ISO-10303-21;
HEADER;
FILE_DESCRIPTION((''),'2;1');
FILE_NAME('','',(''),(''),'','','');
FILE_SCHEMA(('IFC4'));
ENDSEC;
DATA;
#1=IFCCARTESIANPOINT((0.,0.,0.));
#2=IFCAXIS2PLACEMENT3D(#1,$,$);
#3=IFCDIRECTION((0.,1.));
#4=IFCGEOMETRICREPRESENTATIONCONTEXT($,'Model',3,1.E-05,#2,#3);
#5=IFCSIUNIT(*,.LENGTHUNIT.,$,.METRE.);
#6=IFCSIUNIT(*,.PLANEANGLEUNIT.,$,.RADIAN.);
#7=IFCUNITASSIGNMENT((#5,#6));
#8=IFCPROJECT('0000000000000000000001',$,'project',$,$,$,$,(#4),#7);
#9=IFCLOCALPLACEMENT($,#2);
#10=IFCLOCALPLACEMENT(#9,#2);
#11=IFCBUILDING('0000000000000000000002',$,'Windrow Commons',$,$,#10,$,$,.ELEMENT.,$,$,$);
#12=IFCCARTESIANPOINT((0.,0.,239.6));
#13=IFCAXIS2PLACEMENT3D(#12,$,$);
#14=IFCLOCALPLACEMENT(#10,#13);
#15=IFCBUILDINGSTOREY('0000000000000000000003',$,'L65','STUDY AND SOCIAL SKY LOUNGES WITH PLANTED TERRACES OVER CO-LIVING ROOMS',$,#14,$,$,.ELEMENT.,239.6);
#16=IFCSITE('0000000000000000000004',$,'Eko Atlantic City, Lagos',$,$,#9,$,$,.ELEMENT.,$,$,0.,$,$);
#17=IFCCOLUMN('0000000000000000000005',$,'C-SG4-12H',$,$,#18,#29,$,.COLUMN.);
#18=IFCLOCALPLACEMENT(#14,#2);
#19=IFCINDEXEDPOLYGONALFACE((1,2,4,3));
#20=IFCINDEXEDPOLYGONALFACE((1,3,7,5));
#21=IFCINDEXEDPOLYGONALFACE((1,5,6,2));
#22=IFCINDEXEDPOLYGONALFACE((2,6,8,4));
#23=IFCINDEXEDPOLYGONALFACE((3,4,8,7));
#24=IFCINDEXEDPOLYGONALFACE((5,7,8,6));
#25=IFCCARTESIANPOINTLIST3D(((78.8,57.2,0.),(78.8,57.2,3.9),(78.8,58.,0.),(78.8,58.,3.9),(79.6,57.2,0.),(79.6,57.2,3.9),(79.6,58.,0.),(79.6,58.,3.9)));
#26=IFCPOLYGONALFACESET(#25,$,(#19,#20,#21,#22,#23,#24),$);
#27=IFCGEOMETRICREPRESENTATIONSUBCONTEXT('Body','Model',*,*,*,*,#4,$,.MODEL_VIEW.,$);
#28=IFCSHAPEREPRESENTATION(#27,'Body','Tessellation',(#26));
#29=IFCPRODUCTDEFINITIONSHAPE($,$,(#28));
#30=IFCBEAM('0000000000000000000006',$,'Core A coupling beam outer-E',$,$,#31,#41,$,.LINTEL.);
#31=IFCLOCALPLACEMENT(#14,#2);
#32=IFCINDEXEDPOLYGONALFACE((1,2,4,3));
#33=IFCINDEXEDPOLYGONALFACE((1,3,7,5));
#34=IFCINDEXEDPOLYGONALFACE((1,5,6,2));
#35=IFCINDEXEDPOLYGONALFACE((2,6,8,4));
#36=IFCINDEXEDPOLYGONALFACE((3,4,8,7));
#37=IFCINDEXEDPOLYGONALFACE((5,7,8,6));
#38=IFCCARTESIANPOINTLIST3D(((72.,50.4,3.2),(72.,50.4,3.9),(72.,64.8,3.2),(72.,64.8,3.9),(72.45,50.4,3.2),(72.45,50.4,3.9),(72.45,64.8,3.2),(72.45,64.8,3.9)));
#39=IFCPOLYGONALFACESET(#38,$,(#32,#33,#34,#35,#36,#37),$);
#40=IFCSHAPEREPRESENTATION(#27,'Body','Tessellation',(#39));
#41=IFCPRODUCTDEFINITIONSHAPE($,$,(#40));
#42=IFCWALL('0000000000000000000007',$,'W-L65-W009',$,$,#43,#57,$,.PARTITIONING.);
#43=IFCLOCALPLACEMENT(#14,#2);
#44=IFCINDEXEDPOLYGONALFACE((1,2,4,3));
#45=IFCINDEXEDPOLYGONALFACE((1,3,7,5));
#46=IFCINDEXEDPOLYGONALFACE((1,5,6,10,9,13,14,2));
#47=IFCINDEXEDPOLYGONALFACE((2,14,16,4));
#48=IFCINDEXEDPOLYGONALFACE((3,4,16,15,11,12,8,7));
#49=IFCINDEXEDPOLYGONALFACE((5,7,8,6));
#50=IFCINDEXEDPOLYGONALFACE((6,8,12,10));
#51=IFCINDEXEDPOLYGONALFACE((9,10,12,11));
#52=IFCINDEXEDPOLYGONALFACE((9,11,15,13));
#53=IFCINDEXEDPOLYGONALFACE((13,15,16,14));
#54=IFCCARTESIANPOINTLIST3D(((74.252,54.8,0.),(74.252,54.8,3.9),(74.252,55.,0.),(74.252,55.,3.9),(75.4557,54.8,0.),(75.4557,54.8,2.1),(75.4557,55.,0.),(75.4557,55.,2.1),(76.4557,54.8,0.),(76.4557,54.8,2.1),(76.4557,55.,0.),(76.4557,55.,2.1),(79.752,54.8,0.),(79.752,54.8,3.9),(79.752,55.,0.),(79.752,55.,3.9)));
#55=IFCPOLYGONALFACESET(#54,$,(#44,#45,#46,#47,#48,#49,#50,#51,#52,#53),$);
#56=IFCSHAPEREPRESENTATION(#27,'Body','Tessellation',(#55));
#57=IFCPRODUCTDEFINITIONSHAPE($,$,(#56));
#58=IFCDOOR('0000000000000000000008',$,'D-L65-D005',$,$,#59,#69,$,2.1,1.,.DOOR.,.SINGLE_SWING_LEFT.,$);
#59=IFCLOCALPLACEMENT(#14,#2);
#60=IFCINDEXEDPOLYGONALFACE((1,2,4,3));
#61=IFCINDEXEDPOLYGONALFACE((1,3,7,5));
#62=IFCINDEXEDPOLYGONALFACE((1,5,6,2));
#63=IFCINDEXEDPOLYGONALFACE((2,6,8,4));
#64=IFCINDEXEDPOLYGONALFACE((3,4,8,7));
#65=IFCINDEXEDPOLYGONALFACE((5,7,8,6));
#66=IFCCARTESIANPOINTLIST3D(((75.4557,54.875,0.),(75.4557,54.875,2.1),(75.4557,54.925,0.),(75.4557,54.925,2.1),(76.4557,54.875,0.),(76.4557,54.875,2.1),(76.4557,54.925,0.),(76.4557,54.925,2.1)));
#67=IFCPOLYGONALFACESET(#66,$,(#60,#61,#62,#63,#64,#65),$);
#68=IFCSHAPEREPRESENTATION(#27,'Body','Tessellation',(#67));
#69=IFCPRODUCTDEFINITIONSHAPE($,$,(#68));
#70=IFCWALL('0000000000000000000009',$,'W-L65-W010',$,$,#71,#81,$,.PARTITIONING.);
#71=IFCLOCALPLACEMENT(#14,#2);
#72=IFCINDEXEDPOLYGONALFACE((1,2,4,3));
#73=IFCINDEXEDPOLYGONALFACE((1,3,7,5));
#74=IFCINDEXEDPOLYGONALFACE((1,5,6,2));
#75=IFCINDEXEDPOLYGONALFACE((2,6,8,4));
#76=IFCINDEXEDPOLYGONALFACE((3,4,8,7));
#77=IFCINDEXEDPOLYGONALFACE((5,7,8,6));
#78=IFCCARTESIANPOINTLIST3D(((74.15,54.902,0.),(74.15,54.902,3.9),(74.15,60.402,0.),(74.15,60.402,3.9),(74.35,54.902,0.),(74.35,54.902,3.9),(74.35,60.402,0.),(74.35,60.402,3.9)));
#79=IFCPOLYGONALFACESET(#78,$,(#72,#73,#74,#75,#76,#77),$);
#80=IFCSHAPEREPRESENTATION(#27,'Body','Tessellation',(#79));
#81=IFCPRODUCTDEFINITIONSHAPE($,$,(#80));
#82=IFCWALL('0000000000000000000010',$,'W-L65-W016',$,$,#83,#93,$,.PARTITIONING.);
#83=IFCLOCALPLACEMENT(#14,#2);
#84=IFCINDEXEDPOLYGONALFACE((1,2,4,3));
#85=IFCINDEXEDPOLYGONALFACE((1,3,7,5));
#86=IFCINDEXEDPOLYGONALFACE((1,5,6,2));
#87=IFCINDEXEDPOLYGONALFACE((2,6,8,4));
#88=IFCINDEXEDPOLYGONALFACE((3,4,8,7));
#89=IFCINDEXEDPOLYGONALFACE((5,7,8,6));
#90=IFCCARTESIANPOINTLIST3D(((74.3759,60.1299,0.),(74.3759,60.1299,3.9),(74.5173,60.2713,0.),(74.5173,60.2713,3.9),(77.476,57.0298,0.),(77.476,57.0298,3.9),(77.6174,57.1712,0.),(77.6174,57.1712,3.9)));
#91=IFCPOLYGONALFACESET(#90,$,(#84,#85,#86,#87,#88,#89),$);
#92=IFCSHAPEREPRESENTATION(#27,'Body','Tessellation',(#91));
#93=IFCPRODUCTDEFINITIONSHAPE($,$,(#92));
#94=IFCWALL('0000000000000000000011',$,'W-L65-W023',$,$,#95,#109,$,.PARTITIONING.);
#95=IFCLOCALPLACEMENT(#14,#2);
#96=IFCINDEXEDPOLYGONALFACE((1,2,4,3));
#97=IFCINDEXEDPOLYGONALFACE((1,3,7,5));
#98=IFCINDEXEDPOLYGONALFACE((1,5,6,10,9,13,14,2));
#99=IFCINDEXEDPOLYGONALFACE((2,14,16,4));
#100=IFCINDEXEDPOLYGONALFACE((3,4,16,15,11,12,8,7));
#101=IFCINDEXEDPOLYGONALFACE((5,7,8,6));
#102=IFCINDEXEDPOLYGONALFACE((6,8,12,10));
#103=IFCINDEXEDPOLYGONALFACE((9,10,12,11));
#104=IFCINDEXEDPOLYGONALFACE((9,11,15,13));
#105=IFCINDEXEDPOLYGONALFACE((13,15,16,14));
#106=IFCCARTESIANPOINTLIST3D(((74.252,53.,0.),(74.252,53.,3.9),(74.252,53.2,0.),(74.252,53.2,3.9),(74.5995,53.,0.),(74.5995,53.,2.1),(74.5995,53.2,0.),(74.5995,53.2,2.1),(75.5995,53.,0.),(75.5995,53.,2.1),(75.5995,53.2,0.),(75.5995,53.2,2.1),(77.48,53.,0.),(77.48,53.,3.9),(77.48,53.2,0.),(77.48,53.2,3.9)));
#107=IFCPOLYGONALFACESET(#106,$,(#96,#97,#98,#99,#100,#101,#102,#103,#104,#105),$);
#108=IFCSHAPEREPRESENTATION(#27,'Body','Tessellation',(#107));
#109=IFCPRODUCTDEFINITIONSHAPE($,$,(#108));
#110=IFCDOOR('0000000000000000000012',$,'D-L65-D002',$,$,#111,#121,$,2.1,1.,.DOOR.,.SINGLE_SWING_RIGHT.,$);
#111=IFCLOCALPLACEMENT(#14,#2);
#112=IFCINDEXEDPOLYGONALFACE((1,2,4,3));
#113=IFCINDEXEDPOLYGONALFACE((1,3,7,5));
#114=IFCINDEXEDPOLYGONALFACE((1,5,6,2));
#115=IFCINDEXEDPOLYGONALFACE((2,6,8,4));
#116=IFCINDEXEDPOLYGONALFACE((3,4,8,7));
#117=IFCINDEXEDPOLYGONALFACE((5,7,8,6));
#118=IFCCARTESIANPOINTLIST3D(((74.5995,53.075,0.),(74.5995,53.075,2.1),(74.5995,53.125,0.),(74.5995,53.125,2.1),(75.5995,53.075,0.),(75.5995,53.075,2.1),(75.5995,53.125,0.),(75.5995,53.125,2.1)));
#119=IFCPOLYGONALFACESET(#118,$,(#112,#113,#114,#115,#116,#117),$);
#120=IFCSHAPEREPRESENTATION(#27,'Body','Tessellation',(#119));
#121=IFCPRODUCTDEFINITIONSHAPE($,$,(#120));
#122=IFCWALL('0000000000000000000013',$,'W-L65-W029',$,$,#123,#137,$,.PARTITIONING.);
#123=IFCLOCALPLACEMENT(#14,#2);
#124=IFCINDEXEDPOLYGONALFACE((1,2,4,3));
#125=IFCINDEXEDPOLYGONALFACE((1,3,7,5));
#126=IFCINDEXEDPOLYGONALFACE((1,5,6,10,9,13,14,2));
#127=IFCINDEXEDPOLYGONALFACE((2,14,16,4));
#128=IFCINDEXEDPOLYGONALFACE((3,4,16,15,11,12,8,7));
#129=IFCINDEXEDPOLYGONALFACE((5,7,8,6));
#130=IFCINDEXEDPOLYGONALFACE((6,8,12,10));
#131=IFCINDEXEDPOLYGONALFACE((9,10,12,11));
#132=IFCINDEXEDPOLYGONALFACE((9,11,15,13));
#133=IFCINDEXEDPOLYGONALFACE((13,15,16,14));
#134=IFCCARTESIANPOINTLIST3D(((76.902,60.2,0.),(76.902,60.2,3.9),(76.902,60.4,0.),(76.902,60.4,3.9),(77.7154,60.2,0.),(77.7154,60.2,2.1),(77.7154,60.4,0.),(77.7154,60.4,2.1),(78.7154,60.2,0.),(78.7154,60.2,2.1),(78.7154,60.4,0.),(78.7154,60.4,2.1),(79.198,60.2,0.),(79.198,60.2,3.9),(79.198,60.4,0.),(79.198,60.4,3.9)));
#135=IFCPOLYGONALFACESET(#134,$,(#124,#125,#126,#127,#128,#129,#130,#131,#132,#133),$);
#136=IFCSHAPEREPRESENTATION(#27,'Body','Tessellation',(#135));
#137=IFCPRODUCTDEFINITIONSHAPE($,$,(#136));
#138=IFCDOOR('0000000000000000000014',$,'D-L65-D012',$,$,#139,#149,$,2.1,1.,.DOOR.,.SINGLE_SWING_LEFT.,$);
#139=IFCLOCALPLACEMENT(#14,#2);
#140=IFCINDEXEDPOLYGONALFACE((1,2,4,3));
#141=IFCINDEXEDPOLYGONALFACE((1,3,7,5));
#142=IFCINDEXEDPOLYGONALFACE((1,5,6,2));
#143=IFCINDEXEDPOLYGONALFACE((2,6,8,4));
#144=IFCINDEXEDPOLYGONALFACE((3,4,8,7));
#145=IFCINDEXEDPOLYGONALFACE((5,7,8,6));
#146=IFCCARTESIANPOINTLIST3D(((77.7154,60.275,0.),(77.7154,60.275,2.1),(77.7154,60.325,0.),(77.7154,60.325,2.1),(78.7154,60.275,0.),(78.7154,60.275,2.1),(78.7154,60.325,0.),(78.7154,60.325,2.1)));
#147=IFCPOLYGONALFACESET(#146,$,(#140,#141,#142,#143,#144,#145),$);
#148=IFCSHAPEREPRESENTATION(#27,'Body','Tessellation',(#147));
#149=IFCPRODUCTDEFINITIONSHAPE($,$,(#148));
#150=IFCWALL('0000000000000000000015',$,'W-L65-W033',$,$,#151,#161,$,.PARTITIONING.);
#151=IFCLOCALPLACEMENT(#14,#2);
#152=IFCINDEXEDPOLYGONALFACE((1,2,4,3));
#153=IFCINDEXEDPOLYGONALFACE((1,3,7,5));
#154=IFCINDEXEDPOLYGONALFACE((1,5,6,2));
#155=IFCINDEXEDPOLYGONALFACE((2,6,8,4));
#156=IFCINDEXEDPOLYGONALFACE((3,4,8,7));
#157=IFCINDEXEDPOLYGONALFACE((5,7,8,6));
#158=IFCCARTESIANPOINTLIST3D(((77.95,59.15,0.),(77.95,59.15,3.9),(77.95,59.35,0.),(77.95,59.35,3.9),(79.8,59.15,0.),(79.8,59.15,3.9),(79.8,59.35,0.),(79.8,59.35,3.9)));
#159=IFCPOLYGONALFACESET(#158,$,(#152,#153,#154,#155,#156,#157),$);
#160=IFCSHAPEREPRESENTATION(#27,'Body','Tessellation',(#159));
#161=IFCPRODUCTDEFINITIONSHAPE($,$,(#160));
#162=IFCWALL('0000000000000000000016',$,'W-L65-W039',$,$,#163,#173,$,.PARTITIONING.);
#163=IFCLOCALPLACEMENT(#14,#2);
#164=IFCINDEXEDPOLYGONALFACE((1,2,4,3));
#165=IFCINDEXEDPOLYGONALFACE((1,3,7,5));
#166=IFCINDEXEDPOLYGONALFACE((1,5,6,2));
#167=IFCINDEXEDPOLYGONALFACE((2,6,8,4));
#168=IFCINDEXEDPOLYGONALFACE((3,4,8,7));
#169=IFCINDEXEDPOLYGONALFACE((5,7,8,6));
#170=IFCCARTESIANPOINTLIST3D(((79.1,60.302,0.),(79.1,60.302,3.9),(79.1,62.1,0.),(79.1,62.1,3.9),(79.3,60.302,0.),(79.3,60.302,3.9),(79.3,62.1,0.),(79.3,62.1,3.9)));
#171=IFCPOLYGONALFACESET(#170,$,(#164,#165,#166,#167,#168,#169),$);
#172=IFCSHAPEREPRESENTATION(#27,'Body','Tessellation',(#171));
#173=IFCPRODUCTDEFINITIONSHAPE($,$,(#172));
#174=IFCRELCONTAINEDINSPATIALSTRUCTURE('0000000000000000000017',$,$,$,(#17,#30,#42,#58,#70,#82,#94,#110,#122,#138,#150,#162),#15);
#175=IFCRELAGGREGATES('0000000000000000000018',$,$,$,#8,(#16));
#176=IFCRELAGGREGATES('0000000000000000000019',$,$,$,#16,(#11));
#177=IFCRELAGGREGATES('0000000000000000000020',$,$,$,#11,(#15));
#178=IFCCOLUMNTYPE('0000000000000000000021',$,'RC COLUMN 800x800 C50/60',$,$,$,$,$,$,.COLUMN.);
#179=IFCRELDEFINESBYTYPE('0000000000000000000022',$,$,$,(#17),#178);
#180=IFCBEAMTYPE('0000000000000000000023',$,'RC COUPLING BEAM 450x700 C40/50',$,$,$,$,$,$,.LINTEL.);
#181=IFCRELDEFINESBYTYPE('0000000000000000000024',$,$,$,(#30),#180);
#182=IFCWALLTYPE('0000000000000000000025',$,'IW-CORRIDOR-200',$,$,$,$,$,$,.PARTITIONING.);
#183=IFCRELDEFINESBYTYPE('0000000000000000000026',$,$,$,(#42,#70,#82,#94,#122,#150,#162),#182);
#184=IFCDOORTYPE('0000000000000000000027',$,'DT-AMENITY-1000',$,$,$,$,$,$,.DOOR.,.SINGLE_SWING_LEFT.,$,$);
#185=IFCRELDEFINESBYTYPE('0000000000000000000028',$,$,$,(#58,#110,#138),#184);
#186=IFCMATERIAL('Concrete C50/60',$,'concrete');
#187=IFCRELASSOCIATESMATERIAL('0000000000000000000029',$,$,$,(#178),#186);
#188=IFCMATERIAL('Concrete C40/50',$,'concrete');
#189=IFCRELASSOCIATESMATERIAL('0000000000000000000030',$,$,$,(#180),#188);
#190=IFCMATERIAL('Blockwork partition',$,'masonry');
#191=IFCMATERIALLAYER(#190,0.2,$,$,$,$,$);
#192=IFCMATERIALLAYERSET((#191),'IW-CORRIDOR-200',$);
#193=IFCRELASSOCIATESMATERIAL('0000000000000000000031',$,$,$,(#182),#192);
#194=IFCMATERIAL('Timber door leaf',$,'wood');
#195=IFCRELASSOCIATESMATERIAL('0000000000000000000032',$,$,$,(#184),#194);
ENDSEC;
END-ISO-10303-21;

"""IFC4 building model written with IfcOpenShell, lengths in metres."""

from ifc_helpers import new_model, si_unit, direction, frame, frame_2d, origin, origin_2d, place, context, subcontext, project, spatial, rectangle, extrude, material, layer, layer_set, material_profile, profile_set, type_object, element, fill, save


model = new_model("IFC4")

# Units and contexts
model_context = context("Model", 3, precision=1e-05, world=origin(), true_north=direction((0.0, 1.0)))
body_context = subcontext(model_context, "Body", "Model", "MODEL_VIEW")
ifc_project = project(units=[si_unit("LENGTHUNIT", "METRE"), si_unit("PLANEANGLEUNIT", "RADIAN")], contexts=[model_context])

# Site, building, storey
site_placement = place(None, origin())
site = spatial("IfcSite", under=ifc_project, at=site_placement, Name="Eko Atlantic City, Lagos", CompositionType="ELEMENT", RefElevation=0.0)
building_placement = place(site_placement, origin())
building = spatial("IfcBuilding", under=site, at=building_placement, Name="Windrow Commons", CompositionType="ELEMENT")
storey_placement = place(building_placement, frame((0.0, 0.0, 239.6)))
storey = spatial("IfcBuildingStorey", under=building, at=storey_placement, Name="L65", Description="STUDY AND SOCIAL SKY LOUNGES WITH PLANTED TERRACES OVER CO-LIVING ROOMS", CompositionType="ELEMENT", Elevation=239.6)

# Column
ifc_material_1 = material(Name="Concrete C50/60", Category="concrete")
ifc_material_profile_1 = material_profile(ifc_material_1, rectangle(XDim=0.8, YDim=0.8, at=origin_2d()))
ifc_profile_set_1 = profile_set([ifc_material_profile_1], Name="Concrete C50/60")
column_type = type_object("IfcColumnType", Name="RC COLUMN 800x800 C50/60", PredefinedType="COLUMN", material=ifc_profile_set_1)
column_placement = place(storey_placement, frame((79.2, 57.6, 0.0), z_axis=(0.0, 0.0, 1.0), x_axis=(1.0, 0.0, 0.0)))
element("IfcColumn", 1, at=column_placement, inside=storey, type_object=column_type, Name="C-SG4-12H", PredefinedType="COLUMN", context=body_context, shape_type="SweptSolid", body=[
    extrude(rectangle(XDim=0.8, YDim=0.8, at=origin_2d()), origin(), (0.0, 0.0, 1.0), 3.9),
])

# Beam
ifc_material_2 = material(Name="Concrete C40/50", Category="concrete")
ifc_material_profile_2 = material_profile(ifc_material_2, rectangle(XDim=0.45, YDim=0.7, at=origin_2d()))
ifc_profile_set_2 = profile_set([ifc_material_profile_2], Name="Concrete C40/50")
beam_type = type_object("IfcBeamType", Name="RC COUPLING BEAM 450x700 C40/50", PredefinedType="LINTEL", material=ifc_profile_set_2)
beam_placement = place(storey_placement, frame((72.225, 50.4, 3.55), z_axis=(0.0, 1.0, 0.0), x_axis=(-1.0, 0.0, 0.0)))
element("IfcBeam", 2, at=beam_placement, inside=storey, type_object=beam_type, Name="Core A coupling beam outer-E", PredefinedType="LINTEL", context=body_context, shape_type="SweptSolid", body=[
    extrude(rectangle(XDim=0.45, YDim=0.7, at=origin_2d()), origin(), (0.0, 0.0, 1.0), 14.4),
])

# Wall, opening, door
ifc_material_3 = material(Name="Blockwork partition", Category="masonry")
ifc_layer_1 = layer(ifc_material_3, 0.2)
ifc_layer_set_1 = layer_set([ifc_layer_1], Name="IW-CORRIDOR-200")
wall_type_1 = type_object("IfcWallType", Name="IW-CORRIDOR-200", PredefinedType="PARTITIONING", material=ifc_layer_set_1)
wall_1_placement = place(storey_placement, frame((74.252, 54.9, 0.0), z_axis=(0.0, 0.0, 1.0), x_axis=(1.0, 0.0, 0.0)))
wall_1 = element("IfcWall", 3, at=wall_1_placement, inside=storey, type_object=wall_type_1, Name="W-L65-W009", PredefinedType="PARTITIONING", context=body_context, shape_type="SweptSolid", body=[
    extrude(rectangle(XDim=5.5, YDim=0.2, at=frame_2d((2.75, 0.0))), origin(), (0.0, 0.0, 1.0), 3.9),
])
opening_1_placement = place(wall_1_placement, frame((1.2037, 0.0, 0.0)))
opening_1 = element("IfcOpeningElement", 4, at=opening_1_placement, cuts=wall_1, PredefinedType="OPENING", context=body_context, shape_type="SweptSolid", body=[
    extrude(rectangle(XDim=1.0, YDim=2.1, at=frame_2d((0.5, 1.05))), frame((0.0, 0.11, 0.0), z_axis=(0.0, -1.0, 0.0), x_axis=(1.0, 0.0, 0.0)), (0.0, 0.0, 1.0), 0.22),
])
ifc_material_4 = material(Name="Timber door leaf", Category="wood")
door_type_1 = type_object("IfcDoorType", Name="DT-AMENITY-1000", OperationType="SINGLE_SWING_LEFT", PredefinedType="DOOR", material=ifc_material_4)
door_1_placement = place(opening_1_placement, origin())
door_1 = element("IfcDoor", 5, at=door_1_placement, inside=storey, type_object=door_type_1, Name="D-L65-D005", OperationType="SINGLE_SWING_LEFT", OverallHeight=2.1, OverallWidth=1.0, PredefinedType="DOOR", context=body_context, shape_type="SweptSolid", body=[
    extrude(rectangle(XDim=1.0, YDim=2.1, at=frame_2d((0.5, 1.05))), frame((0.0, 0.025, 0.0), z_axis=(0.0, -1.0, 0.0), x_axis=(1.0, 0.0, 0.0)), (0.0, 0.0, 1.0), 0.05),
])
fill(opening_1, door_1)

# Walls
wall_2_placement = place(storey_placement, frame((74.25, 54.902, 0.0), z_axis=(0.0, 0.0, 1.0), x_axis=(0.0, 1.0, 0.0)))
element("IfcWall", 6, at=wall_2_placement, inside=storey, type_object=wall_type_1, Name="W-L65-W010", PredefinedType="PARTITIONING", context=body_context, shape_type="SweptSolid", body=[
    extrude(rectangle(XDim=5.5, YDim=0.2, at=frame_2d((2.75, 0.0))), origin(), (0.0, 0.0, 1.0), 3.9),
])
wall_3_placement = place(storey_placement, frame((74.4466, 60.2006, 0.0), z_axis=(0.0, 0.0, 1.0), x_axis=(0.707107, -0.707107, 0.0)))
element("IfcWall", 7, at=wall_3_placement, inside=storey, type_object=wall_type_1, Name="W-L65-W016", PredefinedType="PARTITIONING", context=body_context, shape_type="SweptSolid", body=[
    extrude(rectangle(XDim=4.3841, YDim=0.2, at=frame_2d((2.1921, 0.0))), origin(), (0.0, 0.0, 1.0), 3.9),
])

# Walls, openings, doors
wall_4_placement = place(storey_placement, frame((74.252, 53.1, 0.0), z_axis=(0.0, 0.0, 1.0), x_axis=(1.0, 0.0, 0.0)))
wall_4 = element("IfcWall", 8, at=wall_4_placement, inside=storey, type_object=wall_type_1, Name="W-L65-W023", PredefinedType="PARTITIONING", context=body_context, shape_type="SweptSolid", body=[
    extrude(rectangle(XDim=3.228, YDim=0.2, at=frame_2d((1.614, 0.0))), origin(), (0.0, 0.0, 1.0), 3.9),
])
opening_2_placement = place(wall_4_placement, frame((0.3475, 0.0, 0.0)))
opening_2 = element("IfcOpeningElement", 9, at=opening_2_placement, cuts=wall_4, PredefinedType="OPENING", context=body_context, shape_type="SweptSolid", body=[
    extrude(rectangle(XDim=1.0, YDim=2.1, at=frame_2d((0.5, 1.05))), frame((0.0, 0.11, 0.0), z_axis=(0.0, -1.0, 0.0), x_axis=(1.0, 0.0, 0.0)), (0.0, 0.0, 1.0), 0.22),
])
door_2_placement = place(opening_2_placement, origin())
door_2 = element("IfcDoor", 10, at=door_2_placement, inside=storey, type_object=door_type_1, Name="D-L65-D002", OperationType="SINGLE_SWING_RIGHT", OverallHeight=2.1, OverallWidth=1.0, PredefinedType="DOOR", context=body_context, shape_type="SweptSolid", body=[
    extrude(rectangle(XDim=1.0, YDim=2.1, at=frame_2d((0.5, 1.05))), frame((0.0, 0.025, 0.0), z_axis=(0.0, -1.0, 0.0), x_axis=(1.0, 0.0, 0.0)), (0.0, 0.0, 1.0), 0.05),
])
fill(opening_2, door_2)
wall_5_placement = place(storey_placement, frame((76.902, 60.3, 0.0), z_axis=(0.0, 0.0, 1.0), x_axis=(1.0, 0.0, 0.0)))
wall_5 = element("IfcWall", 11, at=wall_5_placement, inside=storey, type_object=wall_type_1, Name="W-L65-W029", PredefinedType="PARTITIONING", context=body_context, shape_type="SweptSolid", body=[
    extrude(rectangle(XDim=2.296, YDim=0.2, at=frame_2d((1.148, 0.0))), origin(), (0.0, 0.0, 1.0), 3.9),
])
opening_3_placement = place(wall_5_placement, frame((0.8134, 0.0, 0.0)))
opening_3 = element("IfcOpeningElement", 12, at=opening_3_placement, cuts=wall_5, PredefinedType="OPENING", context=body_context, shape_type="SweptSolid", body=[
    extrude(rectangle(XDim=1.0, YDim=2.1, at=frame_2d((0.5, 1.05))), frame((0.0, 0.11, 0.0), z_axis=(0.0, -1.0, 0.0), x_axis=(1.0, 0.0, 0.0)), (0.0, 0.0, 1.0), 0.22),
])
door_3_placement = place(opening_3_placement, origin())
door_3 = element("IfcDoor", 13, at=door_3_placement, inside=storey, type_object=door_type_1, Name="D-L65-D012", OperationType="SINGLE_SWING_LEFT", OverallHeight=2.1, OverallWidth=1.0, PredefinedType="DOOR", context=body_context, shape_type="SweptSolid", body=[
    extrude(rectangle(XDim=1.0, YDim=2.1, at=frame_2d((0.5, 1.05))), frame((0.0, 0.025, 0.0), z_axis=(0.0, -1.0, 0.0), x_axis=(1.0, 0.0, 0.0)), (0.0, 0.0, 1.0), 0.05),
])
fill(opening_3, door_3)

# Walls
wall_6_placement = place(storey_placement, frame((77.95, 59.25, 0.0), z_axis=(0.0, 0.0, 1.0), x_axis=(1.0, 0.0, 0.0)))
element("IfcWall", 14, at=wall_6_placement, inside=storey, type_object=wall_type_1, Name="W-L65-W033", PredefinedType="PARTITIONING", context=body_context, shape_type="SweptSolid", body=[
    extrude(rectangle(XDim=1.85, YDim=0.2, at=frame_2d((0.925, 0.0))), origin(), (0.0, 0.0, 1.0), 3.9),
])
wall_7_placement = place(storey_placement, frame((79.2, 60.302, 0.0), z_axis=(0.0, 0.0, 1.0), x_axis=(0.0, 1.0, 0.0)))
element("IfcWall", 15, at=wall_7_placement, inside=storey, type_object=wall_type_1, Name="W-L65-W039", PredefinedType="PARTITIONING", context=body_context, shape_type="SweptSolid", body=[
    extrude(rectangle(XDim=1.798, YDim=0.2, at=frame_2d((0.899, 0.0))), origin(), (0.0, 0.0, 1.0), 3.9),
])

save(model, "model.ifc")
